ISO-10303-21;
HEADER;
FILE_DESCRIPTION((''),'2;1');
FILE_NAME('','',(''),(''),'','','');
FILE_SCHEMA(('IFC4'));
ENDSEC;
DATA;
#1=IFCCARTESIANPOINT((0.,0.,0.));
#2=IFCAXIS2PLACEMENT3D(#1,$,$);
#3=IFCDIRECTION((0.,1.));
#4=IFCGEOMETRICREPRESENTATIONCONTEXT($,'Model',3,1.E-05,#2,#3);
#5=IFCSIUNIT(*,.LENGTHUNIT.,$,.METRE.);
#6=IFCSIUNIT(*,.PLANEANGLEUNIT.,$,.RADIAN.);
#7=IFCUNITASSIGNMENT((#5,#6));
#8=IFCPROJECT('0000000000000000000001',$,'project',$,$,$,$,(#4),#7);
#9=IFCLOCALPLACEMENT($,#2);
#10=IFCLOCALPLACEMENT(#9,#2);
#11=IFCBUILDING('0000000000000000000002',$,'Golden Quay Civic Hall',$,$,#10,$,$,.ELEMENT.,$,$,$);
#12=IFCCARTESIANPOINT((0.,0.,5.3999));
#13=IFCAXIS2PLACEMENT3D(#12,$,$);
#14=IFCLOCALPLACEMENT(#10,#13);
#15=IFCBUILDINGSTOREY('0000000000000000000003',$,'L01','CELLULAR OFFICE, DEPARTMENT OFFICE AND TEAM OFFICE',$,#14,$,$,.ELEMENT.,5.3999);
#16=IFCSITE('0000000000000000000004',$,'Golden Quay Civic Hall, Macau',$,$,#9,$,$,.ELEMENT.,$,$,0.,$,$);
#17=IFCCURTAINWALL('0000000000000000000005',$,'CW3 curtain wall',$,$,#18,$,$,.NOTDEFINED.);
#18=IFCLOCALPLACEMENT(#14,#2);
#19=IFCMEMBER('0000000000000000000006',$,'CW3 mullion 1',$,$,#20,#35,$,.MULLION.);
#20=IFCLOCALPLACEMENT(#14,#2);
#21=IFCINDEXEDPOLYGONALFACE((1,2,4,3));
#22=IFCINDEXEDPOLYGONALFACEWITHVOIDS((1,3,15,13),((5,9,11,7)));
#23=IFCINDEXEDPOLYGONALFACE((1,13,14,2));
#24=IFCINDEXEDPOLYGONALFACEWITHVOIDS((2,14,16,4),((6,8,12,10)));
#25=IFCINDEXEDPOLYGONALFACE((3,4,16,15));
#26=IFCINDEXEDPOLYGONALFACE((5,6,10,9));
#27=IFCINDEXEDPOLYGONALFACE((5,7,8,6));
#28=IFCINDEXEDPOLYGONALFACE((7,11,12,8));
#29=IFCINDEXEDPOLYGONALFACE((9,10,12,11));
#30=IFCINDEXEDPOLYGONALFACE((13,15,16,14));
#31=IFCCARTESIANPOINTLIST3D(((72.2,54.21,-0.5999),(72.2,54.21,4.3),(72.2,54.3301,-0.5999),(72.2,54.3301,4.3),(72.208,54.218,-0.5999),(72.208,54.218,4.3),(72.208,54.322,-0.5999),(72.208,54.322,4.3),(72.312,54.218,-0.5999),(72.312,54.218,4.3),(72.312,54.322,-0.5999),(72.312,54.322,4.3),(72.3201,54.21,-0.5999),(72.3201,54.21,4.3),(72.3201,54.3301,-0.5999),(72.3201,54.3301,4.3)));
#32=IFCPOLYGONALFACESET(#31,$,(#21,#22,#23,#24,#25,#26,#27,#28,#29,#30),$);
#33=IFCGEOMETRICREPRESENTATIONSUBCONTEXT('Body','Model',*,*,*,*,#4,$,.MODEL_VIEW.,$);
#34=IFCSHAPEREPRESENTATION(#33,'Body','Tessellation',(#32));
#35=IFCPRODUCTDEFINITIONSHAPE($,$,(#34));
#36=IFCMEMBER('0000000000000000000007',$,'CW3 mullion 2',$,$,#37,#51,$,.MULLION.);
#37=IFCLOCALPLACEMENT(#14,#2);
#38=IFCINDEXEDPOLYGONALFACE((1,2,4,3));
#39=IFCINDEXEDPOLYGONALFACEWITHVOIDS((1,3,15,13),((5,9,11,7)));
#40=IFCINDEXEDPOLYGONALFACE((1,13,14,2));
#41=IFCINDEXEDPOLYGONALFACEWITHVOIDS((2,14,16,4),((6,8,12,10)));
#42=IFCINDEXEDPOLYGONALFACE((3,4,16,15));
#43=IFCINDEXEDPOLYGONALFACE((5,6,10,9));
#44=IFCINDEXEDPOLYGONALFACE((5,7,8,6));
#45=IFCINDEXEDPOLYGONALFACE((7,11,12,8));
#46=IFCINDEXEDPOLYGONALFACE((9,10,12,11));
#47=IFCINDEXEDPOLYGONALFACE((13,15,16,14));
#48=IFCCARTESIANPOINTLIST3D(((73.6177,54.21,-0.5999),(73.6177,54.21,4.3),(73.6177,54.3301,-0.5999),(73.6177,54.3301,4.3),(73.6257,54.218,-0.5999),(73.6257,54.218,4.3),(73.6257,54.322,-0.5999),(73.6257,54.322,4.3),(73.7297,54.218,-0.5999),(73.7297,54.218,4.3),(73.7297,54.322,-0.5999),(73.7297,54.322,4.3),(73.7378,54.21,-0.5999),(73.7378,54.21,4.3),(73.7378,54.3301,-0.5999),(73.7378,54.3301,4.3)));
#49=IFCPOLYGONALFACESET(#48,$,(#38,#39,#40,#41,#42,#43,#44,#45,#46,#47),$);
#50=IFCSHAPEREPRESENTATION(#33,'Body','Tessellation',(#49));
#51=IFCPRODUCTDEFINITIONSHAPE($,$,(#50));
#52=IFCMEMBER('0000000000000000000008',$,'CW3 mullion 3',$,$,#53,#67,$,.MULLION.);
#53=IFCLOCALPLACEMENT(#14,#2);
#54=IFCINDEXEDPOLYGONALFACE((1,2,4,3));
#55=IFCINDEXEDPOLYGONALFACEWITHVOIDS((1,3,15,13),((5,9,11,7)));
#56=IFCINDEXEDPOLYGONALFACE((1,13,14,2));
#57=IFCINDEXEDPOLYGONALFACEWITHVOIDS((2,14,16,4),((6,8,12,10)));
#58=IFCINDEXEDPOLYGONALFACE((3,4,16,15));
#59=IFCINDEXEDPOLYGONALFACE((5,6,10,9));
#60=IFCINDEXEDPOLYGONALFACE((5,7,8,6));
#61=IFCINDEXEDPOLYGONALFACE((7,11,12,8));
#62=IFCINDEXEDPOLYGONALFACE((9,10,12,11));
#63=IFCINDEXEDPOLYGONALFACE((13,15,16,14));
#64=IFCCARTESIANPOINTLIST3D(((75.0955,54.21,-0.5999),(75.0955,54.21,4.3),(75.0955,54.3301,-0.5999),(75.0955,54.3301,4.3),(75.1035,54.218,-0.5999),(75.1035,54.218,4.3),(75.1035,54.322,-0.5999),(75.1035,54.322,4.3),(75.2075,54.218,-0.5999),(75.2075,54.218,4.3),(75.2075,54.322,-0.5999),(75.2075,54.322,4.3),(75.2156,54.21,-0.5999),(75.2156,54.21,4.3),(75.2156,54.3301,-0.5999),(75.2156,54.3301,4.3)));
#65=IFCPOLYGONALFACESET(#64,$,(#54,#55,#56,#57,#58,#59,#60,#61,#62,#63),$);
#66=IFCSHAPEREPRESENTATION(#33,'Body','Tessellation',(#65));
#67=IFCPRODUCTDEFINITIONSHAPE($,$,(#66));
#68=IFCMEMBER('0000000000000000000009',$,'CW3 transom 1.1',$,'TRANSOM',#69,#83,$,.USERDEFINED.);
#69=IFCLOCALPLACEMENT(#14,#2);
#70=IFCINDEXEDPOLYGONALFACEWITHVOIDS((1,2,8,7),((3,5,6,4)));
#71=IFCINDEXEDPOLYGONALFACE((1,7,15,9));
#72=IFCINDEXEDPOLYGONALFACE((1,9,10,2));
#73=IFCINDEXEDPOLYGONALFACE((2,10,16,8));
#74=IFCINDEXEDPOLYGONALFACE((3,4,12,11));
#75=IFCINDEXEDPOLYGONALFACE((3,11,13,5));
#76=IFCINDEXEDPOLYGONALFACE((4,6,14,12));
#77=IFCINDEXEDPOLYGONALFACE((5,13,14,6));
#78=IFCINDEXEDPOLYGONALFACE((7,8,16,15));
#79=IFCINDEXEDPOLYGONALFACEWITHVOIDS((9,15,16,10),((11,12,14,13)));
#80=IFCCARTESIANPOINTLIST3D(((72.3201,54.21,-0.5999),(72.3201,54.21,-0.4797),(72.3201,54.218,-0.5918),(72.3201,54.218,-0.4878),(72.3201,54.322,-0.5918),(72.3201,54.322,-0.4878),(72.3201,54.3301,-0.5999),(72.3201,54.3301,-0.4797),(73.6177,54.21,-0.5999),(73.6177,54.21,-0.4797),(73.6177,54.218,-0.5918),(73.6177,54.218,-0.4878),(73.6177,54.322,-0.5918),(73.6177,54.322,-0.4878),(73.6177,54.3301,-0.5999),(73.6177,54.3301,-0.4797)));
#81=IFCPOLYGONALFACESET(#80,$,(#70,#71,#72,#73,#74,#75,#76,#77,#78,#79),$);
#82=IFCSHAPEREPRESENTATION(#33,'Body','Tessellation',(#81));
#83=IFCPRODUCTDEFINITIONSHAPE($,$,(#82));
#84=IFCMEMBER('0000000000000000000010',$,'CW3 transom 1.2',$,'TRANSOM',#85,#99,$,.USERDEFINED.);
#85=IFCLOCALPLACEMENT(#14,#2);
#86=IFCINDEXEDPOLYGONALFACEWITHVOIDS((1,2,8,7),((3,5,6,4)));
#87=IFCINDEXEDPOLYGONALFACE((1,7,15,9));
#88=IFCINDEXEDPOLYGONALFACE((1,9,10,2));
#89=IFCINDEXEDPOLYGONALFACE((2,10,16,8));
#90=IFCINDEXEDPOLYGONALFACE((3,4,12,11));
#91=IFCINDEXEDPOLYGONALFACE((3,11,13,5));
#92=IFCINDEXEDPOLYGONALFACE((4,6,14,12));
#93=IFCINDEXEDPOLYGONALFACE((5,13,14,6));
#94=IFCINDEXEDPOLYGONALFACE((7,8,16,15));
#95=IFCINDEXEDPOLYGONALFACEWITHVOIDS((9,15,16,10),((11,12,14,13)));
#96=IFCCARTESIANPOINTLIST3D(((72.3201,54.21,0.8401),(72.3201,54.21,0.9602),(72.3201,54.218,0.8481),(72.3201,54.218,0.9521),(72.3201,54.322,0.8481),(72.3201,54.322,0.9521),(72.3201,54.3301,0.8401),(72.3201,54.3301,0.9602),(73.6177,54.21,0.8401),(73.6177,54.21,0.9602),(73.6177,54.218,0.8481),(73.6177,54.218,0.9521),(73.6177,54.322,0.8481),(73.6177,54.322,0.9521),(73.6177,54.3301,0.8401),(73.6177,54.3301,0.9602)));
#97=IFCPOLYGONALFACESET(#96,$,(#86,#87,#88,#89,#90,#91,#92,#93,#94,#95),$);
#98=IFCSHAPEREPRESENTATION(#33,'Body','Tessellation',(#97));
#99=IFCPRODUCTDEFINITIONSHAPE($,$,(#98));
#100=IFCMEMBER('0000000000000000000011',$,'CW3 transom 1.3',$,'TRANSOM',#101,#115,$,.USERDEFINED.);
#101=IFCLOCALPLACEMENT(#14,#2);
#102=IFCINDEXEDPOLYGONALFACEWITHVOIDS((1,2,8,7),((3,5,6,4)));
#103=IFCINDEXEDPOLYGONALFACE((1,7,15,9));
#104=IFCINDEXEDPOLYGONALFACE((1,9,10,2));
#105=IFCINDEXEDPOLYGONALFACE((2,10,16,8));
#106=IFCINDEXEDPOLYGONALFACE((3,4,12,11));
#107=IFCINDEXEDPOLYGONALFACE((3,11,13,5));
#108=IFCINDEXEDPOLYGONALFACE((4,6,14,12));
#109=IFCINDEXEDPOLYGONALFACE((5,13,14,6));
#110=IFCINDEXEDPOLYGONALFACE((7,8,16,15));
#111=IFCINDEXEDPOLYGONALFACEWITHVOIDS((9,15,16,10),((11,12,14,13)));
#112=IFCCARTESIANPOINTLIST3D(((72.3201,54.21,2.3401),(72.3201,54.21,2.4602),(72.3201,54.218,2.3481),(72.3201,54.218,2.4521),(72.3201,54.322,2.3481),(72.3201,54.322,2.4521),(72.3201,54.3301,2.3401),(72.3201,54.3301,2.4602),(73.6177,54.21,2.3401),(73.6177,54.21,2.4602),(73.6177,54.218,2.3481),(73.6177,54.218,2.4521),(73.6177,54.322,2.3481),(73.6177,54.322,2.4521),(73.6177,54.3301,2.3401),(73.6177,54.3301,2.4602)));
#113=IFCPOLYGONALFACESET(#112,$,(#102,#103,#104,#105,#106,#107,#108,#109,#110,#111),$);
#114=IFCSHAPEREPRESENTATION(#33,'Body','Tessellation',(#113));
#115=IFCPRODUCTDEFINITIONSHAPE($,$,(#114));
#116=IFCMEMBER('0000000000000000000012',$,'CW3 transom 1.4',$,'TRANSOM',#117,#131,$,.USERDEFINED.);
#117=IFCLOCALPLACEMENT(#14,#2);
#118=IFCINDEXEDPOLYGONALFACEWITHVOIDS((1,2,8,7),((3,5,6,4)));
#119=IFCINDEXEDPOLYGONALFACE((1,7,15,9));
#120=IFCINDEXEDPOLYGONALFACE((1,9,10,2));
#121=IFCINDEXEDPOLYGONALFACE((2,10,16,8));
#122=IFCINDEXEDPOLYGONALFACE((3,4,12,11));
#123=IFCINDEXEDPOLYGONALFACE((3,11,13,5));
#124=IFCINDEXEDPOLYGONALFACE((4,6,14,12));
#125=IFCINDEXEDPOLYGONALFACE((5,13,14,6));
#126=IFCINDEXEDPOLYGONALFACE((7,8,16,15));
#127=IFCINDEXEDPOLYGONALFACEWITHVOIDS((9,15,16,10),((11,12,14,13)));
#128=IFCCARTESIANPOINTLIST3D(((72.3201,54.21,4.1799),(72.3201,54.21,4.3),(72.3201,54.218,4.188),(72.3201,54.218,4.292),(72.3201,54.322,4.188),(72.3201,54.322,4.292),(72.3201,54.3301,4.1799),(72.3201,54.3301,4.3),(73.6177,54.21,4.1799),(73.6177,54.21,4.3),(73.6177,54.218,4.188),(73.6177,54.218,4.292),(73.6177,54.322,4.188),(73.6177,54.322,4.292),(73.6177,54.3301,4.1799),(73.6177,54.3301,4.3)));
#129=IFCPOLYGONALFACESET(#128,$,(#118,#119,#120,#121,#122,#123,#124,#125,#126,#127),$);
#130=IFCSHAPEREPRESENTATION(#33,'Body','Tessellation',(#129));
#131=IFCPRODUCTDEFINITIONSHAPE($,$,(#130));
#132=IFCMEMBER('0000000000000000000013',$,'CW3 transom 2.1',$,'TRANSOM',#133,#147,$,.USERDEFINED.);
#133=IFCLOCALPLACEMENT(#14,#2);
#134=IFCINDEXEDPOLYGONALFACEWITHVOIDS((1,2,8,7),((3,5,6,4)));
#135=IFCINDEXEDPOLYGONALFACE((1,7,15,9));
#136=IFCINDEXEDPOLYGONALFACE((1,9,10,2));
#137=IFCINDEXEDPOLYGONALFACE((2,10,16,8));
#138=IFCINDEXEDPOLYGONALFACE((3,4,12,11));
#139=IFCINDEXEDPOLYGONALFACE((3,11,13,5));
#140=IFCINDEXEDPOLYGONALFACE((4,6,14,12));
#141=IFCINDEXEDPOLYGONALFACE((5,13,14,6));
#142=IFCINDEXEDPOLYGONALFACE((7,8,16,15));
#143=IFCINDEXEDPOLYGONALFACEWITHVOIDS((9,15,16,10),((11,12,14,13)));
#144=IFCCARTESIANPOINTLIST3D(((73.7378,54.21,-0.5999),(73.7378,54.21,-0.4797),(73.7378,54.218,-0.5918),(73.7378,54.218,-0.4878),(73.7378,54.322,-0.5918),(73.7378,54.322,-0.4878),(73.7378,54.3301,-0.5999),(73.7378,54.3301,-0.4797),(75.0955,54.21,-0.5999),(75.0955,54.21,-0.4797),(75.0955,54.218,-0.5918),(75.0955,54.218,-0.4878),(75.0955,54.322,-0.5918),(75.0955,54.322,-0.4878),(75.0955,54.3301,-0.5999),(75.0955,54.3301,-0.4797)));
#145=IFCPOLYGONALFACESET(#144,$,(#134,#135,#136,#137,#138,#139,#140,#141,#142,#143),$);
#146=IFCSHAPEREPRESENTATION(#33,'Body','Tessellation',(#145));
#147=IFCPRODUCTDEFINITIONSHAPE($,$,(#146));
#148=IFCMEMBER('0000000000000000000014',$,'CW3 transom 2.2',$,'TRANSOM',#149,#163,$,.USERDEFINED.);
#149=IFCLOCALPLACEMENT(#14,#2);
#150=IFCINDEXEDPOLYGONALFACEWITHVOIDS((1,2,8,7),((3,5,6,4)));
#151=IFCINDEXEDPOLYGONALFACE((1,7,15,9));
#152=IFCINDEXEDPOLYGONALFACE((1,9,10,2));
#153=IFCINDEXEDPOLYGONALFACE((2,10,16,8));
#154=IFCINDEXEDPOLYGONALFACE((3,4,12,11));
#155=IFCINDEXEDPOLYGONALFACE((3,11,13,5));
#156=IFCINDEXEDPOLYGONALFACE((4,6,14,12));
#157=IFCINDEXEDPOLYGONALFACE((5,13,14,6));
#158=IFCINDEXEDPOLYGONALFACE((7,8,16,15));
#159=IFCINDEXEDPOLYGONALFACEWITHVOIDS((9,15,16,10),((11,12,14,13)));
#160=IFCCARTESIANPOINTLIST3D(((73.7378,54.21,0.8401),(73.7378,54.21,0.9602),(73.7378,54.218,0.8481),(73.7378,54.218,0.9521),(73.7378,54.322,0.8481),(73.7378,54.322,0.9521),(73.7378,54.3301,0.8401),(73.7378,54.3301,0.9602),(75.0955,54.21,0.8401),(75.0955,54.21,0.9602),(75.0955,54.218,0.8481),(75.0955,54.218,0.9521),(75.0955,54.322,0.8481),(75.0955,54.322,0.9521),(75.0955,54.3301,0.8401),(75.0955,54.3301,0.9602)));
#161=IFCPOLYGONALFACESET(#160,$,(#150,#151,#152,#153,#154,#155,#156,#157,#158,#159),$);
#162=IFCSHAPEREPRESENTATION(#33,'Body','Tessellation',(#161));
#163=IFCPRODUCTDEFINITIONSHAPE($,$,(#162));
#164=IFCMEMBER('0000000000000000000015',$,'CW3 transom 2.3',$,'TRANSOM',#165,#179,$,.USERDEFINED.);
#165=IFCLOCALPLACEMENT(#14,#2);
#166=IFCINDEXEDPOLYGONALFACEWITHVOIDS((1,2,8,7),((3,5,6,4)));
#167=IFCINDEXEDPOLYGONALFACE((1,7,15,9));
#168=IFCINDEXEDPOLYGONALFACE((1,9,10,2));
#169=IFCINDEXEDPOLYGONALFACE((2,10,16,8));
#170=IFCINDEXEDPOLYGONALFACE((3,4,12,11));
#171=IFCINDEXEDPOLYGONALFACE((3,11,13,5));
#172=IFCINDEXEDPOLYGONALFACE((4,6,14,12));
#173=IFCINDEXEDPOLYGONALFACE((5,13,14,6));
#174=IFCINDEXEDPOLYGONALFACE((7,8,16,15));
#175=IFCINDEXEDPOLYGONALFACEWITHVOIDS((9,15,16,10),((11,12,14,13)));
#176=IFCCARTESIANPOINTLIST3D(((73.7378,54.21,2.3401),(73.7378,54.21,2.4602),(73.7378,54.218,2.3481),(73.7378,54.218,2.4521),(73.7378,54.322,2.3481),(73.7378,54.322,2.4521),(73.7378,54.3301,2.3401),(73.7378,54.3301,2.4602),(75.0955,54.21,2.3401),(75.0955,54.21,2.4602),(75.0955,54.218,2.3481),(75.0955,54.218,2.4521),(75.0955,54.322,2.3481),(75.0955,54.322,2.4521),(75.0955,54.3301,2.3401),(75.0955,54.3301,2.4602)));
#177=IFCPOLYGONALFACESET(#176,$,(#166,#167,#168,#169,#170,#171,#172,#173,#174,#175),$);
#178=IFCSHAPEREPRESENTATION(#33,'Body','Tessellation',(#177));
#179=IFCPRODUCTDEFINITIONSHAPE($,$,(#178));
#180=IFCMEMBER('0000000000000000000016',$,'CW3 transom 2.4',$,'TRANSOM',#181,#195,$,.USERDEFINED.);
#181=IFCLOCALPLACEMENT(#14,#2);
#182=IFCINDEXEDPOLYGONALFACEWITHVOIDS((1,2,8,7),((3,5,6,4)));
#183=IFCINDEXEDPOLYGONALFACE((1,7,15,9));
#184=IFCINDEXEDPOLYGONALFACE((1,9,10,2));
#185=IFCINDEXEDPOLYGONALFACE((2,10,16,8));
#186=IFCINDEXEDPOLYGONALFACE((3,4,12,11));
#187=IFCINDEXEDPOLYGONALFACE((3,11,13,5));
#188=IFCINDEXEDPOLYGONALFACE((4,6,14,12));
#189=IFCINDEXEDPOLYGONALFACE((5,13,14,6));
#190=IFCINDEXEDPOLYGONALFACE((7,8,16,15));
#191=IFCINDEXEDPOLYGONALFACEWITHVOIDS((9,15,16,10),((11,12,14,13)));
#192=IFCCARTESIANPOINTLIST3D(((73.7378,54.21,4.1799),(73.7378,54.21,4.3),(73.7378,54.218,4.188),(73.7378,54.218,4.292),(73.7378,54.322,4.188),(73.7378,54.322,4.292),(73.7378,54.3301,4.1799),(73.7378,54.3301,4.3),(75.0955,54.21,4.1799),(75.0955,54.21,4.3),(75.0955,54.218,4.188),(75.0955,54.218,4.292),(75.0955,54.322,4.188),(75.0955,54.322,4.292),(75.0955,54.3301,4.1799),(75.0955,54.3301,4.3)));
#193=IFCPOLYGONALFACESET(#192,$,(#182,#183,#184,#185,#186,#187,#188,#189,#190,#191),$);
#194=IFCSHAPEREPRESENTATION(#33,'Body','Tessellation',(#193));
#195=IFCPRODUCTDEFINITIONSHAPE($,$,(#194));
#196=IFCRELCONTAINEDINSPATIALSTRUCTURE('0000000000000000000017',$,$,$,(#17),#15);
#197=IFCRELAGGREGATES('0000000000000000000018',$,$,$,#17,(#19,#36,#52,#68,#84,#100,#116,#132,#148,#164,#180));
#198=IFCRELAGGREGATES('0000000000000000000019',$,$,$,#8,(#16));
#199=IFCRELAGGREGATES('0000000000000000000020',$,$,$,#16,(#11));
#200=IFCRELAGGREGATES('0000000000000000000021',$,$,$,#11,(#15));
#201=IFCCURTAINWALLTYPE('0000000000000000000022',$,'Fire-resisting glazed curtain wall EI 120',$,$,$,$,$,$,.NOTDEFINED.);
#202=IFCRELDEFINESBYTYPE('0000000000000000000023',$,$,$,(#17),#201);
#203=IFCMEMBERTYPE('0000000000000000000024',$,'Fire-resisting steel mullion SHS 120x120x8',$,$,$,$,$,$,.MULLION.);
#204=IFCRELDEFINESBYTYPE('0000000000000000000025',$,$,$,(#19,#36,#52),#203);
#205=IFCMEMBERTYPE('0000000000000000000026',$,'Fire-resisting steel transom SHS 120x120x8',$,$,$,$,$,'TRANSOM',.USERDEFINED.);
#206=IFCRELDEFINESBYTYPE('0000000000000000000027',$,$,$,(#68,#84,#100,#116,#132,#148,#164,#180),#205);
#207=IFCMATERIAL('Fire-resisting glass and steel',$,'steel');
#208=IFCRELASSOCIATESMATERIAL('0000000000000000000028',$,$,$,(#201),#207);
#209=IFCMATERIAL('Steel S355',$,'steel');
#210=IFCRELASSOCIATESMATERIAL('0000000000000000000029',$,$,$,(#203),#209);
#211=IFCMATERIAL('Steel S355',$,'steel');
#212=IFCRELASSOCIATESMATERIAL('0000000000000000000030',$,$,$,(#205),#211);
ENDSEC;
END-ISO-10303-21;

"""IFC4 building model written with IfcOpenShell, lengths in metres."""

from ifc_helpers import new_model, si_unit, direction, frame, origin, origin_2d, place, context, subcontext, project, spatial, hollow_rectangle, extrude, material, material_profile, profile_set, type_object, element, aggregate, save


model = new_model("IFC4")

# Units and contexts
model_context = context("Model", 3, precision=1e-05, world=origin(), true_north=direction((0.0, 1.0)))
body_context = subcontext(model_context, "Body", "Model", "MODEL_VIEW")
ifc_project = project(units=[si_unit("LENGTHUNIT", "METRE"), si_unit("PLANEANGLEUNIT", "RADIAN")], contexts=[model_context])

# Site, building, storey
site_placement = place(None, origin())
site = spatial("IfcSite", under=ifc_project, at=site_placement, Name="Golden Quay Civic Hall, Macau", CompositionType="ELEMENT", RefElevation=0.0)
building_placement = place(site_placement, origin())
building = spatial("IfcBuilding", under=site, at=building_placement, Name="Golden Quay Civic Hall", CompositionType="ELEMENT")
storey_placement = place(building_placement, frame((0.0, 0.0, 5.3999)))
storey = spatial("IfcBuildingStorey", under=building, at=storey_placement, Name="L01", Description="CELLULAR OFFICE, DEPARTMENT OFFICE AND TEAM OFFICE", CompositionType="ELEMENT", Elevation=5.3999)

# Curtain wall, members
ifc_material_1 = material(Name="Fire-resisting glass and steel", Category="steel")
curtain_wall_type = type_object("IfcCurtainWallType", Name="Fire-resisting glazed curtain wall EI 120", PredefinedType="NOTDEFINED", material=ifc_material_1)
curtain_wall_1_placement = place(storey_placement, origin())
curtain_wall_1 = element("IfcCurtainWall", 1, at=curtain_wall_1_placement, inside=storey, type_object=curtain_wall_type, Name="CW3 curtain wall", PredefinedType="NOTDEFINED")
ifc_material_2 = material(Name="Steel S355", Category="steel")
ifc_material_profile_1 = material_profile(ifc_material_2, hollow_rectangle(XDim=0.1201, YDim=0.1201, WallThickness=0.0081, at=origin_2d()), Name="SHS 120x120x8")
ifc_profile_set_1 = profile_set([ifc_material_profile_1], Name="Steel S355")
member_type_1 = type_object("IfcMemberType", Name="Fire-resisting steel mullion SHS 120x120x8", PredefinedType="MULLION", material=ifc_profile_set_1)
member_1_placement = place(storey_placement, frame((72.26, 54.27, -0.5999), z_axis=(0.0, 0.0, 1.0), x_axis=(0.0, 1.0, 0.0)))
member_1 = element("IfcMember", 2, at=member_1_placement, type_object=member_type_1, Name="CW3 mullion 1", PredefinedType="MULLION", context=body_context, shape_type="SweptSolid", body=[
    extrude(hollow_rectangle(XDim=0.1201, YDim=0.1201, WallThickness=0.0081, at=origin_2d()), origin(), (0.0, 0.0, 1.0), 4.8999),
])
member_2_placement = place(storey_placement, frame((73.6777, 54.27, -0.5999), z_axis=(0.0, 0.0, 1.0), x_axis=(0.0, 1.0, 0.0)))
member_2 = element("IfcMember", 3, at=member_2_placement, type_object=member_type_1, Name="CW3 mullion 2", PredefinedType="MULLION", context=body_context, shape_type="SweptSolid", body=[
    extrude(hollow_rectangle(XDim=0.1201, YDim=0.1201, WallThickness=0.0081, at=origin_2d()), origin(), (0.0, 0.0, 1.0), 4.8999),
])
member_3_placement = place(storey_placement, frame((75.1555, 54.27, -0.5999), z_axis=(0.0, 0.0, 1.0), x_axis=(0.0, 1.0, 0.0)))
member_3 = element("IfcMember", 4, at=member_3_placement, type_object=member_type_1, Name="CW3 mullion 3", PredefinedType="MULLION", context=body_context, shape_type="SweptSolid", body=[
    extrude(hollow_rectangle(XDim=0.1201, YDim=0.1201, WallThickness=0.0081, at=origin_2d()), origin(), (0.0, 0.0, 1.0), 4.8999),
])
ifc_material_3 = material(Name="Steel S355", Category="steel")
ifc_material_profile_2 = material_profile(ifc_material_3, hollow_rectangle(XDim=0.1201, YDim=0.1201, WallThickness=0.0081, at=origin_2d()), Name="SHS 120x120x8")
ifc_profile_set_2 = profile_set([ifc_material_profile_2], Name="Steel S355")
member_type_2 = type_object("IfcMemberType", Name="Fire-resisting steel transom SHS 120x120x8", ElementType="TRANSOM", PredefinedType="USERDEFINED", material=ifc_profile_set_2)
member_4_placement = place(storey_placement, frame((72.3201, 54.27, -0.5398), z_axis=(1.0, 0.0, 0.0), x_axis=(0.0, 1.0, 0.0)))
member_4 = element("IfcMember", 5, at=member_4_placement, type_object=member_type_2, Name="CW3 transom 1.1", ObjectType="TRANSOM", PredefinedType="USERDEFINED", context=body_context, shape_type="SweptSolid", body=[
    extrude(hollow_rectangle(XDim=0.1201, YDim=0.1201, WallThickness=0.0081, at=origin_2d()), origin(), (0.0, 0.0, 1.0), 1.2976),
])
member_5_placement = place(storey_placement, frame((72.3201, 54.27, 0.9001), z_axis=(1.0, 0.0, 0.0), x_axis=(0.0, 1.0, 0.0)))
member_5 = element("IfcMember", 6, at=member_5_placement, type_object=member_type_2, Name="CW3 transom 1.2", ObjectType="TRANSOM", PredefinedType="USERDEFINED", context=body_context, shape_type="SweptSolid", body=[
    extrude(hollow_rectangle(XDim=0.1201, YDim=0.1201, WallThickness=0.0081, at=origin_2d()), origin(), (0.0, 0.0, 1.0), 1.2976),
])
member_6_placement = place(storey_placement, frame((72.3201, 54.27, 2.4001), z_axis=(1.0, 0.0, 0.0), x_axis=(0.0, 1.0, 0.0)))
member_6 = element("IfcMember", 7, at=member_6_placement, type_object=member_type_2, Name="CW3 transom 1.3", ObjectType="TRANSOM", PredefinedType="USERDEFINED", context=body_context, shape_type="SweptSolid", body=[
    extrude(hollow_rectangle(XDim=0.1201, YDim=0.1201, WallThickness=0.0081, at=origin_2d()), origin(), (0.0, 0.0, 1.0), 1.2976),
])
member_7_placement = place(storey_placement, frame((72.3201, 54.27, 4.24), z_axis=(1.0, 0.0, 0.0), x_axis=(0.0, 1.0, 0.0)))
member_7 = element("IfcMember", 8, at=member_7_placement, type_object=member_type_2, Name="CW3 transom 1.4", ObjectType="TRANSOM", PredefinedType="USERDEFINED", context=body_context, shape_type="SweptSolid", body=[
    extrude(hollow_rectangle(XDim=0.1201, YDim=0.1201, WallThickness=0.0081, at=origin_2d()), origin(), (0.0, 0.0, 1.0), 1.2976),
])
member_8_placement = place(storey_placement, frame((73.7378, 54.27, -0.5398), z_axis=(1.0, 0.0, 0.0), x_axis=(0.0, 1.0, 0.0)))
member_8 = element("IfcMember", 9, at=member_8_placement, type_object=member_type_2, Name="CW3 transom 2.1", ObjectType="TRANSOM", PredefinedType="USERDEFINED", context=body_context, shape_type="SweptSolid", body=[
    extrude(hollow_rectangle(XDim=0.1201, YDim=0.1201, WallThickness=0.0081, at=origin_2d()), origin(), (0.0, 0.0, 1.0), 1.3577),
])
member_9_placement = place(storey_placement, frame((73.7378, 54.27, 0.9001), z_axis=(1.0, 0.0, 0.0), x_axis=(0.0, 1.0, 0.0)))
member_9 = element("IfcMember", 10, at=member_9_placement, type_object=member_type_2, Name="CW3 transom 2.2", ObjectType="TRANSOM", PredefinedType="USERDEFINED", context=body_context, shape_type="SweptSolid", body=[
    extrude(hollow_rectangle(XDim=0.1201, YDim=0.1201, WallThickness=0.0081, at=origin_2d()), origin(), (0.0, 0.0, 1.0), 1.3577),
])
member_10_placement = place(storey_placement, frame((73.7378, 54.27, 2.4001), z_axis=(1.0, 0.0, 0.0), x_axis=(0.0, 1.0, 0.0)))
member_10 = element("IfcMember", 11, at=member_10_placement, type_object=member_type_2, Name="CW3 transom 2.3", ObjectType="TRANSOM", PredefinedType="USERDEFINED", context=body_context, shape_type="SweptSolid", body=[
    extrude(hollow_rectangle(XDim=0.1201, YDim=0.1201, WallThickness=0.0081, at=origin_2d()), origin(), (0.0, 0.0, 1.0), 1.3577),
])
member_11_placement = place(storey_placement, frame((73.7378, 54.27, 4.24), z_axis=(1.0, 0.0, 0.0), x_axis=(0.0, 1.0, 0.0)))
member_11 = element("IfcMember", 12, at=member_11_placement, type_object=member_type_2, Name="CW3 transom 2.4", ObjectType="TRANSOM", PredefinedType="USERDEFINED", context=body_context, shape_type="SweptSolid", body=[
    extrude(hollow_rectangle(XDim=0.1201, YDim=0.1201, WallThickness=0.0081, at=origin_2d()), origin(), (0.0, 0.0, 1.0), 1.3577),
])

aggregate(curtain_wall_1, [member_1, member_2, member_3, member_4, member_5, member_6, member_7, member_8, member_9, member_10, member_11])

save(model, "model.ifc")
